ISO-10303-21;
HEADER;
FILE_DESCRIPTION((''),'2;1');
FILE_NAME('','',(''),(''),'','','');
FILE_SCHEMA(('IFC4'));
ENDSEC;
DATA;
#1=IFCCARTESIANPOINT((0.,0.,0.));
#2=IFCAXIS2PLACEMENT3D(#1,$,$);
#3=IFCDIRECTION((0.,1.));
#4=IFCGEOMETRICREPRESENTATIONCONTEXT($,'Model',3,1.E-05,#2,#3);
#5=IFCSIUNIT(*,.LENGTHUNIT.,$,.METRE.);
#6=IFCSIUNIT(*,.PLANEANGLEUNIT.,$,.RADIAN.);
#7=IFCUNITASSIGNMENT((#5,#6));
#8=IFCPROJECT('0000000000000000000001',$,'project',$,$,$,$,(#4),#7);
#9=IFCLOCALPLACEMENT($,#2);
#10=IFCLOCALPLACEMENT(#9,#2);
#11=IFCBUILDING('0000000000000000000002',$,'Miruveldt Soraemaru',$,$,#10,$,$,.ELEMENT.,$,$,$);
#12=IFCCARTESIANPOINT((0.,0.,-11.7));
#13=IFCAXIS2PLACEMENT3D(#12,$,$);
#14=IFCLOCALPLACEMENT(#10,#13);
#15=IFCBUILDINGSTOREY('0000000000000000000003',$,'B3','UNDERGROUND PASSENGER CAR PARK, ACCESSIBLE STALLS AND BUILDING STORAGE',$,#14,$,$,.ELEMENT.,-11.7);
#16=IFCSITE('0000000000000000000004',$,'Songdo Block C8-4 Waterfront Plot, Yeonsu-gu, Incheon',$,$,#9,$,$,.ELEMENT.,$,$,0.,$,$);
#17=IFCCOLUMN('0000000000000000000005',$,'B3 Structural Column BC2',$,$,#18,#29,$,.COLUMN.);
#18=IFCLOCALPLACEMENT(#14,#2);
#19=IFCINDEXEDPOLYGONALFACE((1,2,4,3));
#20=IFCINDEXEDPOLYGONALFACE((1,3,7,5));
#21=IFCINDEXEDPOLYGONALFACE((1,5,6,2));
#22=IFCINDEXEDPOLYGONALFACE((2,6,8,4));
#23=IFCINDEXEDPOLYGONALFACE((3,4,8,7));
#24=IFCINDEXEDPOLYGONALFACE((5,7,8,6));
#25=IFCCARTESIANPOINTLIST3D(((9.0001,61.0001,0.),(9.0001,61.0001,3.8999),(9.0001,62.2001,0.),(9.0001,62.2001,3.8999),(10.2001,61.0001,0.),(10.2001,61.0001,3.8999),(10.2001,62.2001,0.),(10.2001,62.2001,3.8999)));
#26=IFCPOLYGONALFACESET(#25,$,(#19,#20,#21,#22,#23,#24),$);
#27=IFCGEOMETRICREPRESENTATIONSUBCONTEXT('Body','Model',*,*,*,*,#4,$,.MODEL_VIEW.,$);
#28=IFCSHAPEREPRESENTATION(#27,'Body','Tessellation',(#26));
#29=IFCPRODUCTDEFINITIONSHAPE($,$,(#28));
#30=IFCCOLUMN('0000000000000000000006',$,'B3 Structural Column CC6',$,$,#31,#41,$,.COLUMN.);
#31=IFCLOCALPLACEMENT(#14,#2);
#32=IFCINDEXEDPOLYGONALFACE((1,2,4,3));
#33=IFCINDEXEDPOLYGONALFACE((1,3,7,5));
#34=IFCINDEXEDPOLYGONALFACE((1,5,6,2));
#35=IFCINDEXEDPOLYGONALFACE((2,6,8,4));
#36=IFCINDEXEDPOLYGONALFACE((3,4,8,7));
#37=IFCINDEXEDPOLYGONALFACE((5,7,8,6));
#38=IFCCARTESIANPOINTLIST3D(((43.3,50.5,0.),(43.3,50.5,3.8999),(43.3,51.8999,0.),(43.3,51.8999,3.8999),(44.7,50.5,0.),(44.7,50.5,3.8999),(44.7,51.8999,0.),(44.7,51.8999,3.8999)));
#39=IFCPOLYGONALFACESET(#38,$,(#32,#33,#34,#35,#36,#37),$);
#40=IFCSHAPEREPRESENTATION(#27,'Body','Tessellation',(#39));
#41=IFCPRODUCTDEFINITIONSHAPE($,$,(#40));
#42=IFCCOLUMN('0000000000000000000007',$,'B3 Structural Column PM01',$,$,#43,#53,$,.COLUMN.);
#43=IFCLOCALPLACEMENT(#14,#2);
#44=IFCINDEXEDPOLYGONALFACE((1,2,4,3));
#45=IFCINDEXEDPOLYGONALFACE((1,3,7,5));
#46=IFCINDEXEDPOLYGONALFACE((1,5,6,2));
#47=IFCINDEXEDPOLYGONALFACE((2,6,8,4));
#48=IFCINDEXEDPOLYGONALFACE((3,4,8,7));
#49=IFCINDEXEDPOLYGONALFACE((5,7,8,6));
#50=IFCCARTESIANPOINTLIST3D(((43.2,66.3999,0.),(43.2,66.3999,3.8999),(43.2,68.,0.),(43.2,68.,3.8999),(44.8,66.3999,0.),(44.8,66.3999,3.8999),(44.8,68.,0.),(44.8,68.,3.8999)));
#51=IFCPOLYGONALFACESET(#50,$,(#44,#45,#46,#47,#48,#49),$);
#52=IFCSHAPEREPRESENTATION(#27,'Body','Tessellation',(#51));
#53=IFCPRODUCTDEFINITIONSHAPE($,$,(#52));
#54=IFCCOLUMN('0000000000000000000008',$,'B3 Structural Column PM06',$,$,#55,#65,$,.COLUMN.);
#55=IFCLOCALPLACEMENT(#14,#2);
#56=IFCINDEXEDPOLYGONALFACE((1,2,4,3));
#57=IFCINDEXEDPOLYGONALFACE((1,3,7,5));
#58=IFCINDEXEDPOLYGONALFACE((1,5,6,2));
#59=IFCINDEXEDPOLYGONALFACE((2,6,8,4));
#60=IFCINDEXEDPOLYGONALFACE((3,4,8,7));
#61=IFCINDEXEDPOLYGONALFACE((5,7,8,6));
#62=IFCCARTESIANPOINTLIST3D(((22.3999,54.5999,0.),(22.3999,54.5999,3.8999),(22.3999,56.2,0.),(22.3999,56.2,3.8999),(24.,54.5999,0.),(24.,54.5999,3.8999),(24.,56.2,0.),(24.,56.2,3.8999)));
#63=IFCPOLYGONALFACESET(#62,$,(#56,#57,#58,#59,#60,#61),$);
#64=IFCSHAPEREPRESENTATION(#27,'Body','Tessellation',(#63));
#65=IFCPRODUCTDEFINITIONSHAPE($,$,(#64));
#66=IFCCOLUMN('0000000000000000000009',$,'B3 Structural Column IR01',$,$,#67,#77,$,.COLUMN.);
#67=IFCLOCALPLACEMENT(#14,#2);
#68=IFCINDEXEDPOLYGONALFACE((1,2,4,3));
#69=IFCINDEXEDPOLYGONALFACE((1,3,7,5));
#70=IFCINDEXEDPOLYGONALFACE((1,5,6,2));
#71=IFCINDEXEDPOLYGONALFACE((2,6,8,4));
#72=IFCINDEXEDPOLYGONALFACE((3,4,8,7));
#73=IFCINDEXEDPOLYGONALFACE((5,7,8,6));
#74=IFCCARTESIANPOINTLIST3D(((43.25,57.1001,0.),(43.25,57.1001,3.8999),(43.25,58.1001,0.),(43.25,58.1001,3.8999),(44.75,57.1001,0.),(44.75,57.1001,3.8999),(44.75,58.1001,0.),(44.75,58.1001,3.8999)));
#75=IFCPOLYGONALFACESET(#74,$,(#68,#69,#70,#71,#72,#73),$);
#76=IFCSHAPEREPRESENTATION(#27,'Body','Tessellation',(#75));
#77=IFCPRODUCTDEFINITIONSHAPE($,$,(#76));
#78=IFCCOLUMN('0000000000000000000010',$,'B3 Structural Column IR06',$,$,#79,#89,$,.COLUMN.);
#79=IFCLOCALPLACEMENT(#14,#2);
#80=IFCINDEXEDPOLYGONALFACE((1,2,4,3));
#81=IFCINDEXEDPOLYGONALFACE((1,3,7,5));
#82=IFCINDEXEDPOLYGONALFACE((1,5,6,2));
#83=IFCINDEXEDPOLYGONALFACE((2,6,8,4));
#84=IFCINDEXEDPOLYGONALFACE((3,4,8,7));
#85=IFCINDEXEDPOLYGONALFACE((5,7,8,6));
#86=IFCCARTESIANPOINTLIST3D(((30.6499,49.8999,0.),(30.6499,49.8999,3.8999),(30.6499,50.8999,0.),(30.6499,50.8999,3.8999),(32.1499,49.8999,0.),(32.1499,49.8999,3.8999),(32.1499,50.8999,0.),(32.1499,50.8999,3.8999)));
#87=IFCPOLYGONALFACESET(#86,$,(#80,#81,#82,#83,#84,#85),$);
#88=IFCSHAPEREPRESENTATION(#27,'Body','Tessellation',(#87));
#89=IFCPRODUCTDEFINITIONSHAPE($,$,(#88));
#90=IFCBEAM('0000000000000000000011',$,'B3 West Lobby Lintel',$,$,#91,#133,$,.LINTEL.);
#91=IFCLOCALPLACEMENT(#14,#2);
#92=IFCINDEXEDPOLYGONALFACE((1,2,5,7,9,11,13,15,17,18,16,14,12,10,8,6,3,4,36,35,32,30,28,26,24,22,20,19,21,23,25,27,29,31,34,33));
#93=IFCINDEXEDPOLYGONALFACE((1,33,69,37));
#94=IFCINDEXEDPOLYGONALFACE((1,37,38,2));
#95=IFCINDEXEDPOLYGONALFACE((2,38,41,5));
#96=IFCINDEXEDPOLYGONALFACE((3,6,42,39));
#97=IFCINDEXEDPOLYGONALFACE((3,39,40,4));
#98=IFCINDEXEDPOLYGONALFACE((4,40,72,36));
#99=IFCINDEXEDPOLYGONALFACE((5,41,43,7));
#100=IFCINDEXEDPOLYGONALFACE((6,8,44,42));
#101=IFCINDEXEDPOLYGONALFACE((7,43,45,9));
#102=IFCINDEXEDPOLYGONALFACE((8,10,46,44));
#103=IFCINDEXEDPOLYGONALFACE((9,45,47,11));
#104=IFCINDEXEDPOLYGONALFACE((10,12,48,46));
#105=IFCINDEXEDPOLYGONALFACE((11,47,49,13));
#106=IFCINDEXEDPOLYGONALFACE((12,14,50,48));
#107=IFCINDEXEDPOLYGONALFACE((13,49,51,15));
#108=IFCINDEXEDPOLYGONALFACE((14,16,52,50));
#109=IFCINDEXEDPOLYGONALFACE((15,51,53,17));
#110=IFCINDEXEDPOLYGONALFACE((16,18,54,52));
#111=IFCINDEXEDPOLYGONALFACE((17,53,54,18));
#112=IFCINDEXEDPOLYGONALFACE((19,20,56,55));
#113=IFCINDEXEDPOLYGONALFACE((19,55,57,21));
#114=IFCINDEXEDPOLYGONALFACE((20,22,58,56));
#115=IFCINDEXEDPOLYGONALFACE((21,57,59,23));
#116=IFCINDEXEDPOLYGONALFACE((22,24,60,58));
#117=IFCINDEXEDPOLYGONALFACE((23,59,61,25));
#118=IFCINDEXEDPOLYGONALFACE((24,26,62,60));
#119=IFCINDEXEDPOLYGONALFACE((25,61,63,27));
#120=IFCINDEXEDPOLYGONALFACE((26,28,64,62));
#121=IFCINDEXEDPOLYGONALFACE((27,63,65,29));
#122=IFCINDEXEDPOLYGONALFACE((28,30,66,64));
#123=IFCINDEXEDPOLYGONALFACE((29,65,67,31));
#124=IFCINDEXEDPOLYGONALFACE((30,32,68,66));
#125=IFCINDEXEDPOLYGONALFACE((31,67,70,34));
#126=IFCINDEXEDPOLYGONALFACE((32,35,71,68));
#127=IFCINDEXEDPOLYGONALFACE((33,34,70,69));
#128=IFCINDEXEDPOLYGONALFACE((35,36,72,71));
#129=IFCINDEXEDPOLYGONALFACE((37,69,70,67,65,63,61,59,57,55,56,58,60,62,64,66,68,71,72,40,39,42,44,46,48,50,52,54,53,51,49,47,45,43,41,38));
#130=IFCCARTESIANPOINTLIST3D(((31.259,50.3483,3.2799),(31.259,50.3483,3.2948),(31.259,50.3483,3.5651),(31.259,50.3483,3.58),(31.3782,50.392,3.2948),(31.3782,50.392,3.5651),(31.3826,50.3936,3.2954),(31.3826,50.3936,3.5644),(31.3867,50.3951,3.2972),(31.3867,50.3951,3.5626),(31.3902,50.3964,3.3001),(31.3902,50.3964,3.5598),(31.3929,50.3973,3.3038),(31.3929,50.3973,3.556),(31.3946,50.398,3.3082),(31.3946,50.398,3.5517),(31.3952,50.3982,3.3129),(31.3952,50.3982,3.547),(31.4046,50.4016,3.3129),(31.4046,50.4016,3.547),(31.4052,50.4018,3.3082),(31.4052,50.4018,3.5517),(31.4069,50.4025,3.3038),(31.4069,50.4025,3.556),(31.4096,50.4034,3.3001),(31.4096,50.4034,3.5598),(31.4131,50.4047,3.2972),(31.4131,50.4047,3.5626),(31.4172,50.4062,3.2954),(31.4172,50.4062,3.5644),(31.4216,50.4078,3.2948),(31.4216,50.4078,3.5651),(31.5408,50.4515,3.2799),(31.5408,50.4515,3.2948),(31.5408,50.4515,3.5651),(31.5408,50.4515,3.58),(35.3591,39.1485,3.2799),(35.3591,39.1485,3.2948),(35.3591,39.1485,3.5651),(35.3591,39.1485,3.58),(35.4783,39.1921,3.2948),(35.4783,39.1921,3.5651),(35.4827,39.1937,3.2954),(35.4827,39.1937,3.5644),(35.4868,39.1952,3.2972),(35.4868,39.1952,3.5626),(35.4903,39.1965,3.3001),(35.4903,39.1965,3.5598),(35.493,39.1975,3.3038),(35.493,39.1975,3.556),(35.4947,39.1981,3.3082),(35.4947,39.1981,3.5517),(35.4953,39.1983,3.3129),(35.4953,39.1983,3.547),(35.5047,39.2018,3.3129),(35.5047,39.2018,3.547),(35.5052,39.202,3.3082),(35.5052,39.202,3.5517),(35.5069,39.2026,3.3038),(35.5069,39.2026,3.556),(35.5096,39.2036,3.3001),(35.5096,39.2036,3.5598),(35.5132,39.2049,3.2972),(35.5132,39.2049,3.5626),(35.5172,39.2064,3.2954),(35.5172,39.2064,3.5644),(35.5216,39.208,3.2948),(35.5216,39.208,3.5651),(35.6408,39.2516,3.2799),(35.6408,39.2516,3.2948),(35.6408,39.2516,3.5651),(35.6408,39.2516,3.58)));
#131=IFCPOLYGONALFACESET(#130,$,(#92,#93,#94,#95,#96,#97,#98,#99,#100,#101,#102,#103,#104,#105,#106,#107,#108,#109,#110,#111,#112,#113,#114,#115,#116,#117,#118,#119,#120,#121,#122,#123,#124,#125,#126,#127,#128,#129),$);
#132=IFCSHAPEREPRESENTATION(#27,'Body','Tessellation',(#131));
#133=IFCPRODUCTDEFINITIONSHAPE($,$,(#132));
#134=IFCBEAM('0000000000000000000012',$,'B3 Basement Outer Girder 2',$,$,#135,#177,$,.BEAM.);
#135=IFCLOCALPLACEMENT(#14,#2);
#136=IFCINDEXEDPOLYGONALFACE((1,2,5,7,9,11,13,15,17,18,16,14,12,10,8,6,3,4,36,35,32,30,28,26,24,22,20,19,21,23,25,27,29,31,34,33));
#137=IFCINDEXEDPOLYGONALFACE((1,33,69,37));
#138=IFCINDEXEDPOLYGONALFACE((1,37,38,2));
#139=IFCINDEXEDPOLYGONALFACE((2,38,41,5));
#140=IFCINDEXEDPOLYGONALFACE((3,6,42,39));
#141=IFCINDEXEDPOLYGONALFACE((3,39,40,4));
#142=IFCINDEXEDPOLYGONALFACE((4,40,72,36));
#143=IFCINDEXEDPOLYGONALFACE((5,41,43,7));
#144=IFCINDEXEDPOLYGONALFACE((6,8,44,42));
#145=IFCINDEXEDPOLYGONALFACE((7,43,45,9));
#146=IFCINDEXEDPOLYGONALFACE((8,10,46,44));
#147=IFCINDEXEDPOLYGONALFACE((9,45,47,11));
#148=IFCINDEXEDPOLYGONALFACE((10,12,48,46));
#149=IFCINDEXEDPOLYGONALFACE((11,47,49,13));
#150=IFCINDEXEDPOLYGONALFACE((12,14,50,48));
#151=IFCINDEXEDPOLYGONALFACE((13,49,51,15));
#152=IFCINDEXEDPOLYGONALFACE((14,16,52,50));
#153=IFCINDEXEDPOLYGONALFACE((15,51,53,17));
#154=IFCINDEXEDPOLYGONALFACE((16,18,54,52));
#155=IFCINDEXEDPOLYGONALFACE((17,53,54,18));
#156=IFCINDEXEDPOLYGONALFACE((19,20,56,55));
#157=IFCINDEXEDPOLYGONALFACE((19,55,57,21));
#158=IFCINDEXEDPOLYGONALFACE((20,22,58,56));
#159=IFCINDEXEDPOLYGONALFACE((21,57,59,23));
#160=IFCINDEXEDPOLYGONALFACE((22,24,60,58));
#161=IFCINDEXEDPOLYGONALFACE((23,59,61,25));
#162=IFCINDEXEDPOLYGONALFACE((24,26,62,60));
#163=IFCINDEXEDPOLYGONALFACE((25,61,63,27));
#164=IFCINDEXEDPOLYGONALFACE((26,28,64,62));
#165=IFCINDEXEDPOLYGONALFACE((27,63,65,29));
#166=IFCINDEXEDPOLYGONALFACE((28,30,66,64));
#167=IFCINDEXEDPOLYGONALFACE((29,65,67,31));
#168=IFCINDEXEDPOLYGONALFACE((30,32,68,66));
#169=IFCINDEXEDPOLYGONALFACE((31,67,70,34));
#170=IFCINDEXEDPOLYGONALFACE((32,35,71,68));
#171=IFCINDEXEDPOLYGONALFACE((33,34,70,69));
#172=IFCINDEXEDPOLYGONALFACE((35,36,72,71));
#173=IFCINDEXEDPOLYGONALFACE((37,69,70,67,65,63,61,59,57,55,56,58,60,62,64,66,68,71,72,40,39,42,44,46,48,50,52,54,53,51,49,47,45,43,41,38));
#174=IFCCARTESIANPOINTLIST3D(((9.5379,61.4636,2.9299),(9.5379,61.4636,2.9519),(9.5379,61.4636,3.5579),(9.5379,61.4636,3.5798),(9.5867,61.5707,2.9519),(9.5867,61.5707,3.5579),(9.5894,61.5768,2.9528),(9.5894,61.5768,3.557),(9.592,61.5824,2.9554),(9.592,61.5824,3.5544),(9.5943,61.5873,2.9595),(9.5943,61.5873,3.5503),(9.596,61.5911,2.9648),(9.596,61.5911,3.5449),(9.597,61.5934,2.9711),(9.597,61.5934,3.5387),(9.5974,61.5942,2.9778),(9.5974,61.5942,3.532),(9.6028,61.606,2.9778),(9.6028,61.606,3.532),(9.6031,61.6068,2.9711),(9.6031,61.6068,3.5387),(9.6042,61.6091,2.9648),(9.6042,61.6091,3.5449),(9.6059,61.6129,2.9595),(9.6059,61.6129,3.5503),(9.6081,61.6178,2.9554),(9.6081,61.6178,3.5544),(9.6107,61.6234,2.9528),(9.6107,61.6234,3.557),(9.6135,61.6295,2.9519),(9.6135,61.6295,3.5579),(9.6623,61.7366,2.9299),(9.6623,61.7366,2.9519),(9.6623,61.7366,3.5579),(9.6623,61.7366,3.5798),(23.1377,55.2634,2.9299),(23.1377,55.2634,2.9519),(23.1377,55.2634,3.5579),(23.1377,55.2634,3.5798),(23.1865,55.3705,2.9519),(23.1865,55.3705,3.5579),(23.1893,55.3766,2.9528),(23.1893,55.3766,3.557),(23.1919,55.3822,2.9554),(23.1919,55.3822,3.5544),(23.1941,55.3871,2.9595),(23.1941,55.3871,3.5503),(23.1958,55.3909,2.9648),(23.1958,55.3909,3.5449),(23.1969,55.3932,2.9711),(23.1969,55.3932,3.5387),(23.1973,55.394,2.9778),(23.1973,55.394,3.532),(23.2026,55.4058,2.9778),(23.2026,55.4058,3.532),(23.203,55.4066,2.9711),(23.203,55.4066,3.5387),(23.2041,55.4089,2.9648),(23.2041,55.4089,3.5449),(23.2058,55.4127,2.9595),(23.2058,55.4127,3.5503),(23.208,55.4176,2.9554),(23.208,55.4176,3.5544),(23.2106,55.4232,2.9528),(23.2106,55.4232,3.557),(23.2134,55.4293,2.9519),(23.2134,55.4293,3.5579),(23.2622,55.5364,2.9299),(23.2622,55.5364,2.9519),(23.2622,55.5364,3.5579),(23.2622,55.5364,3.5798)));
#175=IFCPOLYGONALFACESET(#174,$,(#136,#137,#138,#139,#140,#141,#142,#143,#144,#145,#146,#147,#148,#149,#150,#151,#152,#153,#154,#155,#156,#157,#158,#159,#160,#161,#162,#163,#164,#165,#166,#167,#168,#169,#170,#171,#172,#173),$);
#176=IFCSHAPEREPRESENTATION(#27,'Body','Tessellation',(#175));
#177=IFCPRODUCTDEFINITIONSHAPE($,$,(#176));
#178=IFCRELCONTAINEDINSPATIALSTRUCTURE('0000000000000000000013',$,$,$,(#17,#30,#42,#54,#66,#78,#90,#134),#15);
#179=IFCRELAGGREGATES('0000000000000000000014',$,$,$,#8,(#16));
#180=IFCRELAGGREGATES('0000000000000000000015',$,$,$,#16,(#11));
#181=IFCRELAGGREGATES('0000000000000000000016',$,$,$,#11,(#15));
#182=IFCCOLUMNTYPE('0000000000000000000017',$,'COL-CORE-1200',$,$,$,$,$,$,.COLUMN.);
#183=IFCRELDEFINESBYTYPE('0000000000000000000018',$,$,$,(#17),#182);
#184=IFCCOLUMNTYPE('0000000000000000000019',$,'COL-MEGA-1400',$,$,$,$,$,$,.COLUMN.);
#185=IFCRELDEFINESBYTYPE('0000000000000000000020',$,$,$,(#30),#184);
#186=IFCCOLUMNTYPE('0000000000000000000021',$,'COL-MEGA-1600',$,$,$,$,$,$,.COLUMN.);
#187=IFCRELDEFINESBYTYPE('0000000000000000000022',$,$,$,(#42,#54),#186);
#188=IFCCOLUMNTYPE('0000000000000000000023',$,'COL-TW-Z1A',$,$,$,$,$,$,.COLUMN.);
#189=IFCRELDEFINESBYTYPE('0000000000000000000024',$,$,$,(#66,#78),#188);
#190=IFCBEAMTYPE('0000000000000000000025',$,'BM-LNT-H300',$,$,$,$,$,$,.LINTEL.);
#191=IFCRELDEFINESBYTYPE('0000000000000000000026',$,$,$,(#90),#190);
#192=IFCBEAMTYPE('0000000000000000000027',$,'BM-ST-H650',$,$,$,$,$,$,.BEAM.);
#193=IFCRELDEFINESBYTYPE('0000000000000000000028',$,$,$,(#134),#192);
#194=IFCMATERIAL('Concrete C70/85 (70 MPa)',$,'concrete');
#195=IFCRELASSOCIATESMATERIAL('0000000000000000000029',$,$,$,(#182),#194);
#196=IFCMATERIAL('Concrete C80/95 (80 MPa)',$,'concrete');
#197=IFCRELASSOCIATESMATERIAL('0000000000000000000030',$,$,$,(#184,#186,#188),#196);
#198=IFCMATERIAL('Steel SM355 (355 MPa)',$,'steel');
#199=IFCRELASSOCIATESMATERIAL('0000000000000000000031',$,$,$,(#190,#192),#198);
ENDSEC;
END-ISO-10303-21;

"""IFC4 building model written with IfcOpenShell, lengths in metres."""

from ifc_helpers import new_model, si_unit, direction, frame, origin, origin_2d, place, context, subcontext, project, spatial, rectangle, i_section, extrude, material, material_profile, profile_set, type_object, element, save


model = new_model("IFC4")

# Units and contexts
model_context = context("Model", 3, precision=1e-05, world=origin(), true_north=direction((0.0, 1.0)))
body_context = subcontext(model_context, "Body", "Model", "MODEL_VIEW")
ifc_project = project(units=[si_unit("LENGTHUNIT", "METRE"), si_unit("PLANEANGLEUNIT", "RADIAN")], contexts=[model_context])

# Site, building, storey
site_placement = place(None, origin())
site = spatial("IfcSite", under=ifc_project, at=site_placement, Name="Songdo Block C8-4 Waterfront Plot, Yeonsu-gu, Incheon", CompositionType="ELEMENT", RefElevation=0.0)
building_placement = place(site_placement, origin())
building = spatial("IfcBuilding", under=site, at=building_placement, Name="Miruveldt Soraemaru", CompositionType="ELEMENT")
storey_placement = place(building_placement, frame((0.0, 0.0, -11.7)))
storey = spatial("IfcBuildingStorey", under=building, at=storey_placement, Name="B3", Description="UNDERGROUND PASSENGER CAR PARK, ACCESSIBLE STALLS AND BUILDING STORAGE", CompositionType="ELEMENT", Elevation=-11.7)

# Columns
ifc_material_1 = material(Name="Concrete C70/85 (70 MPa)", Category="concrete")
ifc_material_profile_1 = material_profile(ifc_material_1, rectangle(XDim=1.2, YDim=1.2, at=origin_2d()), Name="Concrete C70/85 (70 MPa)", Category="concrete")
ifc_profile_set_1 = profile_set([ifc_material_profile_1], Name="Concrete C70/85 (70 MPa)")
column_type_1 = type_object("IfcColumnType", Name="COL-CORE-1200", PredefinedType="COLUMN", material=ifc_profile_set_1)
column_1_placement = place(storey_placement, frame((9.6001, 61.6001, 0.0), z_axis=(0.0, 0.0, 1.0), x_axis=(1.0, 0.0, 0.0)))
element("IfcColumn", 1, at=column_1_placement, inside=storey, type_object=column_type_1, Name="B3 Structural Column BC2", PredefinedType="COLUMN", context=body_context, shape_type="SweptSolid", body=[
    extrude(rectangle(XDim=1.2, YDim=1.2, at=origin_2d()), origin(), (0.0, 0.0, 1.0), 3.8999),
])
ifc_material_2 = material(Name="Concrete C80/95 (80 MPa)", Category="concrete")
ifc_material_profile_2 = material_profile(ifc_material_2, rectangle(XDim=1.3999, YDim=1.3999, at=origin_2d()), Name="Concrete C80/95 (80 MPa)", Category="concrete")
ifc_profile_set_2 = profile_set([ifc_material_profile_2], Name="Concrete C80/95 (80 MPa)")
column_type_2 = type_object("IfcColumnType", Name="COL-MEGA-1400", PredefinedType="COLUMN", material=ifc_profile_set_2)
column_2_placement = place(storey_placement, frame((44.0, 51.2, 0.0), z_axis=(0.0, 0.0, 1.0), x_axis=(1.0, 0.0, 0.0)))
element("IfcColumn", 2, at=column_2_placement, inside=storey, type_object=column_type_2, Name="B3 Structural Column CC6", PredefinedType="COLUMN", context=body_context, shape_type="SweptSolid", body=[
    extrude(rectangle(XDim=1.3999, YDim=1.3999, at=origin_2d()), origin(), (0.0, 0.0, 1.0), 3.8999),
])
ifc_material_profile_3 = material_profile(ifc_material_2, rectangle(XDim=1.6001, YDim=1.6001, at=origin_2d()), Name="Concrete C80/95 (80 MPa)", Category="concrete")
ifc_profile_set_3 = profile_set([ifc_material_profile_3], Name="Concrete C80/95 (80 MPa)")
column_type_3 = type_object("IfcColumnType", Name="COL-MEGA-1600", PredefinedType="COLUMN", material=ifc_profile_set_3)
for number, where, z_axis, x_axis, name in (
    (3, (44.0, 67.2, 0.0), (0.0, 0.0, 1.0), (1.0, 0.0, 0.0), "B3 Structural Column PM01"),
    (4, (23.2, 55.3999, 0.0), (0.0, 0.0, 1.0), (1.0, 0.0, 0.0), "B3 Structural Column PM06"),
):
    element("IfcColumn", number, at=place(storey_placement, frame(where, z_axis=z_axis, x_axis=x_axis)), inside=storey, type_object=column_type_3, Name=name, PredefinedType="COLUMN", context=body_context, shape_type="SweptSolid", body=[
        extrude(rectangle(XDim=1.6001, YDim=1.6001, at=origin_2d()), origin(), (0.0, 0.0, 1.0), 3.8999),
    ])
ifc_material_profile_4 = material_profile(ifc_material_2, rectangle(XDim=1.5, YDim=1.0, at=origin_2d()), Name="Concrete C80/95 (80 MPa)", Category="concrete")
ifc_profile_set_4 = profile_set([ifc_material_profile_4], Name="Concrete C80/95 (80 MPa)")
column_type_4 = type_object("IfcColumnType", Name="COL-TW-Z1A", PredefinedType="COLUMN", material=ifc_profile_set_4)
for number, where, z_axis, x_axis, name in (
    (5, (44.0, 57.6001, 0.0), (0.0, 0.0, 1.0), (1.0, 0.0, 0.0), "B3 Structural Column IR01"),
    (6, (31.3999, 50.3999, 0.0), (0.0, 0.0, 1.0), (1.0, 0.0, 0.0), "B3 Structural Column IR06"),
):
    element("IfcColumn", number, at=place(storey_placement, frame(where, z_axis=z_axis, x_axis=x_axis)), inside=storey, type_object=column_type_4, Name=name, PredefinedType="COLUMN", context=body_context, shape_type="SweptSolid", body=[
        extrude(rectangle(XDim=1.5, YDim=1.0, at=origin_2d()), origin(), (0.0, 0.0, 1.0), 3.8999),
    ])

# Beams
ifc_material_3 = material(Name="Steel SM355 (355 MPa)", Category="steel")
ifc_material_profile_5 = material_profile(ifc_material_3, i_section(OverallWidth=0.3, OverallDepth=0.3, WebThickness=0.01, FlangeThickness=0.0149, FilletRadius=0.0181, at=origin_2d()), Name="Steel SM355 (355 MPa)", Category="steel")
ifc_profile_set_5 = profile_set([ifc_material_profile_5], Name="Steel SM355 (355 MPa)")
beam_type_1 = type_object("IfcBeamType", Name="BM-LNT-H300", PredefinedType="LINTEL", material=ifc_profile_set_5)
beam_1_placement = place(storey_placement, frame((31.3999, 50.3999, 3.4299), z_axis=(0.34377, -0.939054, 0.0), x_axis=(0.939054, 0.34377, 0.0)))
element("IfcBeam", 7, at=beam_1_placement, inside=storey, type_object=beam_type_1, Name="B3 West Lobby Lintel", PredefinedType="LINTEL", context=body_context, shape_type="SweptSolid", body=[
    extrude(i_section(OverallWidth=0.3, OverallDepth=0.3, WebThickness=0.01, FlangeThickness=0.0149, FilletRadius=0.0181, at=origin_2d()), origin(), (0.0, 0.0, 1.0), 11.9268),
])
ifc_material_profile_6 = material_profile(ifc_material_3, i_section(OverallWidth=0.3, OverallDepth=0.6499, WebThickness=0.0129, FlangeThickness=0.022, FilletRadius=0.0259, at=origin_2d()), Name="Steel SM355 (355 MPa)", Category="steel")
ifc_profile_set_6 = profile_set([ifc_material_profile_6], Name="Steel SM355 (355 MPa)")
beam_type_2 = type_object("IfcBeamType", Name="BM-ST-H650", PredefinedType="BEAM", material=ifc_profile_set_6)
beam_2_placement = place(storey_placement, frame((23.2, 55.3999, 3.2549), z_axis=(-0.909901, 0.414825, 0.0), x_axis=(-0.414825, -0.909901, 0.0)))
element("IfcBeam", 8, at=beam_2_placement, inside=storey, type_object=beam_type_2, Name="B3 Basement Outer Girder 2", PredefinedType="BEAM", context=body_context, shape_type="SweptSolid", body=[
    extrude(i_section(OverallWidth=0.3, OverallDepth=0.6499, WebThickness=0.0129, FlangeThickness=0.022, FilletRadius=0.0259, at=origin_2d()), origin(), (0.0, 0.0, 1.0), 14.9465),
])

save(model, "model.ifc")
